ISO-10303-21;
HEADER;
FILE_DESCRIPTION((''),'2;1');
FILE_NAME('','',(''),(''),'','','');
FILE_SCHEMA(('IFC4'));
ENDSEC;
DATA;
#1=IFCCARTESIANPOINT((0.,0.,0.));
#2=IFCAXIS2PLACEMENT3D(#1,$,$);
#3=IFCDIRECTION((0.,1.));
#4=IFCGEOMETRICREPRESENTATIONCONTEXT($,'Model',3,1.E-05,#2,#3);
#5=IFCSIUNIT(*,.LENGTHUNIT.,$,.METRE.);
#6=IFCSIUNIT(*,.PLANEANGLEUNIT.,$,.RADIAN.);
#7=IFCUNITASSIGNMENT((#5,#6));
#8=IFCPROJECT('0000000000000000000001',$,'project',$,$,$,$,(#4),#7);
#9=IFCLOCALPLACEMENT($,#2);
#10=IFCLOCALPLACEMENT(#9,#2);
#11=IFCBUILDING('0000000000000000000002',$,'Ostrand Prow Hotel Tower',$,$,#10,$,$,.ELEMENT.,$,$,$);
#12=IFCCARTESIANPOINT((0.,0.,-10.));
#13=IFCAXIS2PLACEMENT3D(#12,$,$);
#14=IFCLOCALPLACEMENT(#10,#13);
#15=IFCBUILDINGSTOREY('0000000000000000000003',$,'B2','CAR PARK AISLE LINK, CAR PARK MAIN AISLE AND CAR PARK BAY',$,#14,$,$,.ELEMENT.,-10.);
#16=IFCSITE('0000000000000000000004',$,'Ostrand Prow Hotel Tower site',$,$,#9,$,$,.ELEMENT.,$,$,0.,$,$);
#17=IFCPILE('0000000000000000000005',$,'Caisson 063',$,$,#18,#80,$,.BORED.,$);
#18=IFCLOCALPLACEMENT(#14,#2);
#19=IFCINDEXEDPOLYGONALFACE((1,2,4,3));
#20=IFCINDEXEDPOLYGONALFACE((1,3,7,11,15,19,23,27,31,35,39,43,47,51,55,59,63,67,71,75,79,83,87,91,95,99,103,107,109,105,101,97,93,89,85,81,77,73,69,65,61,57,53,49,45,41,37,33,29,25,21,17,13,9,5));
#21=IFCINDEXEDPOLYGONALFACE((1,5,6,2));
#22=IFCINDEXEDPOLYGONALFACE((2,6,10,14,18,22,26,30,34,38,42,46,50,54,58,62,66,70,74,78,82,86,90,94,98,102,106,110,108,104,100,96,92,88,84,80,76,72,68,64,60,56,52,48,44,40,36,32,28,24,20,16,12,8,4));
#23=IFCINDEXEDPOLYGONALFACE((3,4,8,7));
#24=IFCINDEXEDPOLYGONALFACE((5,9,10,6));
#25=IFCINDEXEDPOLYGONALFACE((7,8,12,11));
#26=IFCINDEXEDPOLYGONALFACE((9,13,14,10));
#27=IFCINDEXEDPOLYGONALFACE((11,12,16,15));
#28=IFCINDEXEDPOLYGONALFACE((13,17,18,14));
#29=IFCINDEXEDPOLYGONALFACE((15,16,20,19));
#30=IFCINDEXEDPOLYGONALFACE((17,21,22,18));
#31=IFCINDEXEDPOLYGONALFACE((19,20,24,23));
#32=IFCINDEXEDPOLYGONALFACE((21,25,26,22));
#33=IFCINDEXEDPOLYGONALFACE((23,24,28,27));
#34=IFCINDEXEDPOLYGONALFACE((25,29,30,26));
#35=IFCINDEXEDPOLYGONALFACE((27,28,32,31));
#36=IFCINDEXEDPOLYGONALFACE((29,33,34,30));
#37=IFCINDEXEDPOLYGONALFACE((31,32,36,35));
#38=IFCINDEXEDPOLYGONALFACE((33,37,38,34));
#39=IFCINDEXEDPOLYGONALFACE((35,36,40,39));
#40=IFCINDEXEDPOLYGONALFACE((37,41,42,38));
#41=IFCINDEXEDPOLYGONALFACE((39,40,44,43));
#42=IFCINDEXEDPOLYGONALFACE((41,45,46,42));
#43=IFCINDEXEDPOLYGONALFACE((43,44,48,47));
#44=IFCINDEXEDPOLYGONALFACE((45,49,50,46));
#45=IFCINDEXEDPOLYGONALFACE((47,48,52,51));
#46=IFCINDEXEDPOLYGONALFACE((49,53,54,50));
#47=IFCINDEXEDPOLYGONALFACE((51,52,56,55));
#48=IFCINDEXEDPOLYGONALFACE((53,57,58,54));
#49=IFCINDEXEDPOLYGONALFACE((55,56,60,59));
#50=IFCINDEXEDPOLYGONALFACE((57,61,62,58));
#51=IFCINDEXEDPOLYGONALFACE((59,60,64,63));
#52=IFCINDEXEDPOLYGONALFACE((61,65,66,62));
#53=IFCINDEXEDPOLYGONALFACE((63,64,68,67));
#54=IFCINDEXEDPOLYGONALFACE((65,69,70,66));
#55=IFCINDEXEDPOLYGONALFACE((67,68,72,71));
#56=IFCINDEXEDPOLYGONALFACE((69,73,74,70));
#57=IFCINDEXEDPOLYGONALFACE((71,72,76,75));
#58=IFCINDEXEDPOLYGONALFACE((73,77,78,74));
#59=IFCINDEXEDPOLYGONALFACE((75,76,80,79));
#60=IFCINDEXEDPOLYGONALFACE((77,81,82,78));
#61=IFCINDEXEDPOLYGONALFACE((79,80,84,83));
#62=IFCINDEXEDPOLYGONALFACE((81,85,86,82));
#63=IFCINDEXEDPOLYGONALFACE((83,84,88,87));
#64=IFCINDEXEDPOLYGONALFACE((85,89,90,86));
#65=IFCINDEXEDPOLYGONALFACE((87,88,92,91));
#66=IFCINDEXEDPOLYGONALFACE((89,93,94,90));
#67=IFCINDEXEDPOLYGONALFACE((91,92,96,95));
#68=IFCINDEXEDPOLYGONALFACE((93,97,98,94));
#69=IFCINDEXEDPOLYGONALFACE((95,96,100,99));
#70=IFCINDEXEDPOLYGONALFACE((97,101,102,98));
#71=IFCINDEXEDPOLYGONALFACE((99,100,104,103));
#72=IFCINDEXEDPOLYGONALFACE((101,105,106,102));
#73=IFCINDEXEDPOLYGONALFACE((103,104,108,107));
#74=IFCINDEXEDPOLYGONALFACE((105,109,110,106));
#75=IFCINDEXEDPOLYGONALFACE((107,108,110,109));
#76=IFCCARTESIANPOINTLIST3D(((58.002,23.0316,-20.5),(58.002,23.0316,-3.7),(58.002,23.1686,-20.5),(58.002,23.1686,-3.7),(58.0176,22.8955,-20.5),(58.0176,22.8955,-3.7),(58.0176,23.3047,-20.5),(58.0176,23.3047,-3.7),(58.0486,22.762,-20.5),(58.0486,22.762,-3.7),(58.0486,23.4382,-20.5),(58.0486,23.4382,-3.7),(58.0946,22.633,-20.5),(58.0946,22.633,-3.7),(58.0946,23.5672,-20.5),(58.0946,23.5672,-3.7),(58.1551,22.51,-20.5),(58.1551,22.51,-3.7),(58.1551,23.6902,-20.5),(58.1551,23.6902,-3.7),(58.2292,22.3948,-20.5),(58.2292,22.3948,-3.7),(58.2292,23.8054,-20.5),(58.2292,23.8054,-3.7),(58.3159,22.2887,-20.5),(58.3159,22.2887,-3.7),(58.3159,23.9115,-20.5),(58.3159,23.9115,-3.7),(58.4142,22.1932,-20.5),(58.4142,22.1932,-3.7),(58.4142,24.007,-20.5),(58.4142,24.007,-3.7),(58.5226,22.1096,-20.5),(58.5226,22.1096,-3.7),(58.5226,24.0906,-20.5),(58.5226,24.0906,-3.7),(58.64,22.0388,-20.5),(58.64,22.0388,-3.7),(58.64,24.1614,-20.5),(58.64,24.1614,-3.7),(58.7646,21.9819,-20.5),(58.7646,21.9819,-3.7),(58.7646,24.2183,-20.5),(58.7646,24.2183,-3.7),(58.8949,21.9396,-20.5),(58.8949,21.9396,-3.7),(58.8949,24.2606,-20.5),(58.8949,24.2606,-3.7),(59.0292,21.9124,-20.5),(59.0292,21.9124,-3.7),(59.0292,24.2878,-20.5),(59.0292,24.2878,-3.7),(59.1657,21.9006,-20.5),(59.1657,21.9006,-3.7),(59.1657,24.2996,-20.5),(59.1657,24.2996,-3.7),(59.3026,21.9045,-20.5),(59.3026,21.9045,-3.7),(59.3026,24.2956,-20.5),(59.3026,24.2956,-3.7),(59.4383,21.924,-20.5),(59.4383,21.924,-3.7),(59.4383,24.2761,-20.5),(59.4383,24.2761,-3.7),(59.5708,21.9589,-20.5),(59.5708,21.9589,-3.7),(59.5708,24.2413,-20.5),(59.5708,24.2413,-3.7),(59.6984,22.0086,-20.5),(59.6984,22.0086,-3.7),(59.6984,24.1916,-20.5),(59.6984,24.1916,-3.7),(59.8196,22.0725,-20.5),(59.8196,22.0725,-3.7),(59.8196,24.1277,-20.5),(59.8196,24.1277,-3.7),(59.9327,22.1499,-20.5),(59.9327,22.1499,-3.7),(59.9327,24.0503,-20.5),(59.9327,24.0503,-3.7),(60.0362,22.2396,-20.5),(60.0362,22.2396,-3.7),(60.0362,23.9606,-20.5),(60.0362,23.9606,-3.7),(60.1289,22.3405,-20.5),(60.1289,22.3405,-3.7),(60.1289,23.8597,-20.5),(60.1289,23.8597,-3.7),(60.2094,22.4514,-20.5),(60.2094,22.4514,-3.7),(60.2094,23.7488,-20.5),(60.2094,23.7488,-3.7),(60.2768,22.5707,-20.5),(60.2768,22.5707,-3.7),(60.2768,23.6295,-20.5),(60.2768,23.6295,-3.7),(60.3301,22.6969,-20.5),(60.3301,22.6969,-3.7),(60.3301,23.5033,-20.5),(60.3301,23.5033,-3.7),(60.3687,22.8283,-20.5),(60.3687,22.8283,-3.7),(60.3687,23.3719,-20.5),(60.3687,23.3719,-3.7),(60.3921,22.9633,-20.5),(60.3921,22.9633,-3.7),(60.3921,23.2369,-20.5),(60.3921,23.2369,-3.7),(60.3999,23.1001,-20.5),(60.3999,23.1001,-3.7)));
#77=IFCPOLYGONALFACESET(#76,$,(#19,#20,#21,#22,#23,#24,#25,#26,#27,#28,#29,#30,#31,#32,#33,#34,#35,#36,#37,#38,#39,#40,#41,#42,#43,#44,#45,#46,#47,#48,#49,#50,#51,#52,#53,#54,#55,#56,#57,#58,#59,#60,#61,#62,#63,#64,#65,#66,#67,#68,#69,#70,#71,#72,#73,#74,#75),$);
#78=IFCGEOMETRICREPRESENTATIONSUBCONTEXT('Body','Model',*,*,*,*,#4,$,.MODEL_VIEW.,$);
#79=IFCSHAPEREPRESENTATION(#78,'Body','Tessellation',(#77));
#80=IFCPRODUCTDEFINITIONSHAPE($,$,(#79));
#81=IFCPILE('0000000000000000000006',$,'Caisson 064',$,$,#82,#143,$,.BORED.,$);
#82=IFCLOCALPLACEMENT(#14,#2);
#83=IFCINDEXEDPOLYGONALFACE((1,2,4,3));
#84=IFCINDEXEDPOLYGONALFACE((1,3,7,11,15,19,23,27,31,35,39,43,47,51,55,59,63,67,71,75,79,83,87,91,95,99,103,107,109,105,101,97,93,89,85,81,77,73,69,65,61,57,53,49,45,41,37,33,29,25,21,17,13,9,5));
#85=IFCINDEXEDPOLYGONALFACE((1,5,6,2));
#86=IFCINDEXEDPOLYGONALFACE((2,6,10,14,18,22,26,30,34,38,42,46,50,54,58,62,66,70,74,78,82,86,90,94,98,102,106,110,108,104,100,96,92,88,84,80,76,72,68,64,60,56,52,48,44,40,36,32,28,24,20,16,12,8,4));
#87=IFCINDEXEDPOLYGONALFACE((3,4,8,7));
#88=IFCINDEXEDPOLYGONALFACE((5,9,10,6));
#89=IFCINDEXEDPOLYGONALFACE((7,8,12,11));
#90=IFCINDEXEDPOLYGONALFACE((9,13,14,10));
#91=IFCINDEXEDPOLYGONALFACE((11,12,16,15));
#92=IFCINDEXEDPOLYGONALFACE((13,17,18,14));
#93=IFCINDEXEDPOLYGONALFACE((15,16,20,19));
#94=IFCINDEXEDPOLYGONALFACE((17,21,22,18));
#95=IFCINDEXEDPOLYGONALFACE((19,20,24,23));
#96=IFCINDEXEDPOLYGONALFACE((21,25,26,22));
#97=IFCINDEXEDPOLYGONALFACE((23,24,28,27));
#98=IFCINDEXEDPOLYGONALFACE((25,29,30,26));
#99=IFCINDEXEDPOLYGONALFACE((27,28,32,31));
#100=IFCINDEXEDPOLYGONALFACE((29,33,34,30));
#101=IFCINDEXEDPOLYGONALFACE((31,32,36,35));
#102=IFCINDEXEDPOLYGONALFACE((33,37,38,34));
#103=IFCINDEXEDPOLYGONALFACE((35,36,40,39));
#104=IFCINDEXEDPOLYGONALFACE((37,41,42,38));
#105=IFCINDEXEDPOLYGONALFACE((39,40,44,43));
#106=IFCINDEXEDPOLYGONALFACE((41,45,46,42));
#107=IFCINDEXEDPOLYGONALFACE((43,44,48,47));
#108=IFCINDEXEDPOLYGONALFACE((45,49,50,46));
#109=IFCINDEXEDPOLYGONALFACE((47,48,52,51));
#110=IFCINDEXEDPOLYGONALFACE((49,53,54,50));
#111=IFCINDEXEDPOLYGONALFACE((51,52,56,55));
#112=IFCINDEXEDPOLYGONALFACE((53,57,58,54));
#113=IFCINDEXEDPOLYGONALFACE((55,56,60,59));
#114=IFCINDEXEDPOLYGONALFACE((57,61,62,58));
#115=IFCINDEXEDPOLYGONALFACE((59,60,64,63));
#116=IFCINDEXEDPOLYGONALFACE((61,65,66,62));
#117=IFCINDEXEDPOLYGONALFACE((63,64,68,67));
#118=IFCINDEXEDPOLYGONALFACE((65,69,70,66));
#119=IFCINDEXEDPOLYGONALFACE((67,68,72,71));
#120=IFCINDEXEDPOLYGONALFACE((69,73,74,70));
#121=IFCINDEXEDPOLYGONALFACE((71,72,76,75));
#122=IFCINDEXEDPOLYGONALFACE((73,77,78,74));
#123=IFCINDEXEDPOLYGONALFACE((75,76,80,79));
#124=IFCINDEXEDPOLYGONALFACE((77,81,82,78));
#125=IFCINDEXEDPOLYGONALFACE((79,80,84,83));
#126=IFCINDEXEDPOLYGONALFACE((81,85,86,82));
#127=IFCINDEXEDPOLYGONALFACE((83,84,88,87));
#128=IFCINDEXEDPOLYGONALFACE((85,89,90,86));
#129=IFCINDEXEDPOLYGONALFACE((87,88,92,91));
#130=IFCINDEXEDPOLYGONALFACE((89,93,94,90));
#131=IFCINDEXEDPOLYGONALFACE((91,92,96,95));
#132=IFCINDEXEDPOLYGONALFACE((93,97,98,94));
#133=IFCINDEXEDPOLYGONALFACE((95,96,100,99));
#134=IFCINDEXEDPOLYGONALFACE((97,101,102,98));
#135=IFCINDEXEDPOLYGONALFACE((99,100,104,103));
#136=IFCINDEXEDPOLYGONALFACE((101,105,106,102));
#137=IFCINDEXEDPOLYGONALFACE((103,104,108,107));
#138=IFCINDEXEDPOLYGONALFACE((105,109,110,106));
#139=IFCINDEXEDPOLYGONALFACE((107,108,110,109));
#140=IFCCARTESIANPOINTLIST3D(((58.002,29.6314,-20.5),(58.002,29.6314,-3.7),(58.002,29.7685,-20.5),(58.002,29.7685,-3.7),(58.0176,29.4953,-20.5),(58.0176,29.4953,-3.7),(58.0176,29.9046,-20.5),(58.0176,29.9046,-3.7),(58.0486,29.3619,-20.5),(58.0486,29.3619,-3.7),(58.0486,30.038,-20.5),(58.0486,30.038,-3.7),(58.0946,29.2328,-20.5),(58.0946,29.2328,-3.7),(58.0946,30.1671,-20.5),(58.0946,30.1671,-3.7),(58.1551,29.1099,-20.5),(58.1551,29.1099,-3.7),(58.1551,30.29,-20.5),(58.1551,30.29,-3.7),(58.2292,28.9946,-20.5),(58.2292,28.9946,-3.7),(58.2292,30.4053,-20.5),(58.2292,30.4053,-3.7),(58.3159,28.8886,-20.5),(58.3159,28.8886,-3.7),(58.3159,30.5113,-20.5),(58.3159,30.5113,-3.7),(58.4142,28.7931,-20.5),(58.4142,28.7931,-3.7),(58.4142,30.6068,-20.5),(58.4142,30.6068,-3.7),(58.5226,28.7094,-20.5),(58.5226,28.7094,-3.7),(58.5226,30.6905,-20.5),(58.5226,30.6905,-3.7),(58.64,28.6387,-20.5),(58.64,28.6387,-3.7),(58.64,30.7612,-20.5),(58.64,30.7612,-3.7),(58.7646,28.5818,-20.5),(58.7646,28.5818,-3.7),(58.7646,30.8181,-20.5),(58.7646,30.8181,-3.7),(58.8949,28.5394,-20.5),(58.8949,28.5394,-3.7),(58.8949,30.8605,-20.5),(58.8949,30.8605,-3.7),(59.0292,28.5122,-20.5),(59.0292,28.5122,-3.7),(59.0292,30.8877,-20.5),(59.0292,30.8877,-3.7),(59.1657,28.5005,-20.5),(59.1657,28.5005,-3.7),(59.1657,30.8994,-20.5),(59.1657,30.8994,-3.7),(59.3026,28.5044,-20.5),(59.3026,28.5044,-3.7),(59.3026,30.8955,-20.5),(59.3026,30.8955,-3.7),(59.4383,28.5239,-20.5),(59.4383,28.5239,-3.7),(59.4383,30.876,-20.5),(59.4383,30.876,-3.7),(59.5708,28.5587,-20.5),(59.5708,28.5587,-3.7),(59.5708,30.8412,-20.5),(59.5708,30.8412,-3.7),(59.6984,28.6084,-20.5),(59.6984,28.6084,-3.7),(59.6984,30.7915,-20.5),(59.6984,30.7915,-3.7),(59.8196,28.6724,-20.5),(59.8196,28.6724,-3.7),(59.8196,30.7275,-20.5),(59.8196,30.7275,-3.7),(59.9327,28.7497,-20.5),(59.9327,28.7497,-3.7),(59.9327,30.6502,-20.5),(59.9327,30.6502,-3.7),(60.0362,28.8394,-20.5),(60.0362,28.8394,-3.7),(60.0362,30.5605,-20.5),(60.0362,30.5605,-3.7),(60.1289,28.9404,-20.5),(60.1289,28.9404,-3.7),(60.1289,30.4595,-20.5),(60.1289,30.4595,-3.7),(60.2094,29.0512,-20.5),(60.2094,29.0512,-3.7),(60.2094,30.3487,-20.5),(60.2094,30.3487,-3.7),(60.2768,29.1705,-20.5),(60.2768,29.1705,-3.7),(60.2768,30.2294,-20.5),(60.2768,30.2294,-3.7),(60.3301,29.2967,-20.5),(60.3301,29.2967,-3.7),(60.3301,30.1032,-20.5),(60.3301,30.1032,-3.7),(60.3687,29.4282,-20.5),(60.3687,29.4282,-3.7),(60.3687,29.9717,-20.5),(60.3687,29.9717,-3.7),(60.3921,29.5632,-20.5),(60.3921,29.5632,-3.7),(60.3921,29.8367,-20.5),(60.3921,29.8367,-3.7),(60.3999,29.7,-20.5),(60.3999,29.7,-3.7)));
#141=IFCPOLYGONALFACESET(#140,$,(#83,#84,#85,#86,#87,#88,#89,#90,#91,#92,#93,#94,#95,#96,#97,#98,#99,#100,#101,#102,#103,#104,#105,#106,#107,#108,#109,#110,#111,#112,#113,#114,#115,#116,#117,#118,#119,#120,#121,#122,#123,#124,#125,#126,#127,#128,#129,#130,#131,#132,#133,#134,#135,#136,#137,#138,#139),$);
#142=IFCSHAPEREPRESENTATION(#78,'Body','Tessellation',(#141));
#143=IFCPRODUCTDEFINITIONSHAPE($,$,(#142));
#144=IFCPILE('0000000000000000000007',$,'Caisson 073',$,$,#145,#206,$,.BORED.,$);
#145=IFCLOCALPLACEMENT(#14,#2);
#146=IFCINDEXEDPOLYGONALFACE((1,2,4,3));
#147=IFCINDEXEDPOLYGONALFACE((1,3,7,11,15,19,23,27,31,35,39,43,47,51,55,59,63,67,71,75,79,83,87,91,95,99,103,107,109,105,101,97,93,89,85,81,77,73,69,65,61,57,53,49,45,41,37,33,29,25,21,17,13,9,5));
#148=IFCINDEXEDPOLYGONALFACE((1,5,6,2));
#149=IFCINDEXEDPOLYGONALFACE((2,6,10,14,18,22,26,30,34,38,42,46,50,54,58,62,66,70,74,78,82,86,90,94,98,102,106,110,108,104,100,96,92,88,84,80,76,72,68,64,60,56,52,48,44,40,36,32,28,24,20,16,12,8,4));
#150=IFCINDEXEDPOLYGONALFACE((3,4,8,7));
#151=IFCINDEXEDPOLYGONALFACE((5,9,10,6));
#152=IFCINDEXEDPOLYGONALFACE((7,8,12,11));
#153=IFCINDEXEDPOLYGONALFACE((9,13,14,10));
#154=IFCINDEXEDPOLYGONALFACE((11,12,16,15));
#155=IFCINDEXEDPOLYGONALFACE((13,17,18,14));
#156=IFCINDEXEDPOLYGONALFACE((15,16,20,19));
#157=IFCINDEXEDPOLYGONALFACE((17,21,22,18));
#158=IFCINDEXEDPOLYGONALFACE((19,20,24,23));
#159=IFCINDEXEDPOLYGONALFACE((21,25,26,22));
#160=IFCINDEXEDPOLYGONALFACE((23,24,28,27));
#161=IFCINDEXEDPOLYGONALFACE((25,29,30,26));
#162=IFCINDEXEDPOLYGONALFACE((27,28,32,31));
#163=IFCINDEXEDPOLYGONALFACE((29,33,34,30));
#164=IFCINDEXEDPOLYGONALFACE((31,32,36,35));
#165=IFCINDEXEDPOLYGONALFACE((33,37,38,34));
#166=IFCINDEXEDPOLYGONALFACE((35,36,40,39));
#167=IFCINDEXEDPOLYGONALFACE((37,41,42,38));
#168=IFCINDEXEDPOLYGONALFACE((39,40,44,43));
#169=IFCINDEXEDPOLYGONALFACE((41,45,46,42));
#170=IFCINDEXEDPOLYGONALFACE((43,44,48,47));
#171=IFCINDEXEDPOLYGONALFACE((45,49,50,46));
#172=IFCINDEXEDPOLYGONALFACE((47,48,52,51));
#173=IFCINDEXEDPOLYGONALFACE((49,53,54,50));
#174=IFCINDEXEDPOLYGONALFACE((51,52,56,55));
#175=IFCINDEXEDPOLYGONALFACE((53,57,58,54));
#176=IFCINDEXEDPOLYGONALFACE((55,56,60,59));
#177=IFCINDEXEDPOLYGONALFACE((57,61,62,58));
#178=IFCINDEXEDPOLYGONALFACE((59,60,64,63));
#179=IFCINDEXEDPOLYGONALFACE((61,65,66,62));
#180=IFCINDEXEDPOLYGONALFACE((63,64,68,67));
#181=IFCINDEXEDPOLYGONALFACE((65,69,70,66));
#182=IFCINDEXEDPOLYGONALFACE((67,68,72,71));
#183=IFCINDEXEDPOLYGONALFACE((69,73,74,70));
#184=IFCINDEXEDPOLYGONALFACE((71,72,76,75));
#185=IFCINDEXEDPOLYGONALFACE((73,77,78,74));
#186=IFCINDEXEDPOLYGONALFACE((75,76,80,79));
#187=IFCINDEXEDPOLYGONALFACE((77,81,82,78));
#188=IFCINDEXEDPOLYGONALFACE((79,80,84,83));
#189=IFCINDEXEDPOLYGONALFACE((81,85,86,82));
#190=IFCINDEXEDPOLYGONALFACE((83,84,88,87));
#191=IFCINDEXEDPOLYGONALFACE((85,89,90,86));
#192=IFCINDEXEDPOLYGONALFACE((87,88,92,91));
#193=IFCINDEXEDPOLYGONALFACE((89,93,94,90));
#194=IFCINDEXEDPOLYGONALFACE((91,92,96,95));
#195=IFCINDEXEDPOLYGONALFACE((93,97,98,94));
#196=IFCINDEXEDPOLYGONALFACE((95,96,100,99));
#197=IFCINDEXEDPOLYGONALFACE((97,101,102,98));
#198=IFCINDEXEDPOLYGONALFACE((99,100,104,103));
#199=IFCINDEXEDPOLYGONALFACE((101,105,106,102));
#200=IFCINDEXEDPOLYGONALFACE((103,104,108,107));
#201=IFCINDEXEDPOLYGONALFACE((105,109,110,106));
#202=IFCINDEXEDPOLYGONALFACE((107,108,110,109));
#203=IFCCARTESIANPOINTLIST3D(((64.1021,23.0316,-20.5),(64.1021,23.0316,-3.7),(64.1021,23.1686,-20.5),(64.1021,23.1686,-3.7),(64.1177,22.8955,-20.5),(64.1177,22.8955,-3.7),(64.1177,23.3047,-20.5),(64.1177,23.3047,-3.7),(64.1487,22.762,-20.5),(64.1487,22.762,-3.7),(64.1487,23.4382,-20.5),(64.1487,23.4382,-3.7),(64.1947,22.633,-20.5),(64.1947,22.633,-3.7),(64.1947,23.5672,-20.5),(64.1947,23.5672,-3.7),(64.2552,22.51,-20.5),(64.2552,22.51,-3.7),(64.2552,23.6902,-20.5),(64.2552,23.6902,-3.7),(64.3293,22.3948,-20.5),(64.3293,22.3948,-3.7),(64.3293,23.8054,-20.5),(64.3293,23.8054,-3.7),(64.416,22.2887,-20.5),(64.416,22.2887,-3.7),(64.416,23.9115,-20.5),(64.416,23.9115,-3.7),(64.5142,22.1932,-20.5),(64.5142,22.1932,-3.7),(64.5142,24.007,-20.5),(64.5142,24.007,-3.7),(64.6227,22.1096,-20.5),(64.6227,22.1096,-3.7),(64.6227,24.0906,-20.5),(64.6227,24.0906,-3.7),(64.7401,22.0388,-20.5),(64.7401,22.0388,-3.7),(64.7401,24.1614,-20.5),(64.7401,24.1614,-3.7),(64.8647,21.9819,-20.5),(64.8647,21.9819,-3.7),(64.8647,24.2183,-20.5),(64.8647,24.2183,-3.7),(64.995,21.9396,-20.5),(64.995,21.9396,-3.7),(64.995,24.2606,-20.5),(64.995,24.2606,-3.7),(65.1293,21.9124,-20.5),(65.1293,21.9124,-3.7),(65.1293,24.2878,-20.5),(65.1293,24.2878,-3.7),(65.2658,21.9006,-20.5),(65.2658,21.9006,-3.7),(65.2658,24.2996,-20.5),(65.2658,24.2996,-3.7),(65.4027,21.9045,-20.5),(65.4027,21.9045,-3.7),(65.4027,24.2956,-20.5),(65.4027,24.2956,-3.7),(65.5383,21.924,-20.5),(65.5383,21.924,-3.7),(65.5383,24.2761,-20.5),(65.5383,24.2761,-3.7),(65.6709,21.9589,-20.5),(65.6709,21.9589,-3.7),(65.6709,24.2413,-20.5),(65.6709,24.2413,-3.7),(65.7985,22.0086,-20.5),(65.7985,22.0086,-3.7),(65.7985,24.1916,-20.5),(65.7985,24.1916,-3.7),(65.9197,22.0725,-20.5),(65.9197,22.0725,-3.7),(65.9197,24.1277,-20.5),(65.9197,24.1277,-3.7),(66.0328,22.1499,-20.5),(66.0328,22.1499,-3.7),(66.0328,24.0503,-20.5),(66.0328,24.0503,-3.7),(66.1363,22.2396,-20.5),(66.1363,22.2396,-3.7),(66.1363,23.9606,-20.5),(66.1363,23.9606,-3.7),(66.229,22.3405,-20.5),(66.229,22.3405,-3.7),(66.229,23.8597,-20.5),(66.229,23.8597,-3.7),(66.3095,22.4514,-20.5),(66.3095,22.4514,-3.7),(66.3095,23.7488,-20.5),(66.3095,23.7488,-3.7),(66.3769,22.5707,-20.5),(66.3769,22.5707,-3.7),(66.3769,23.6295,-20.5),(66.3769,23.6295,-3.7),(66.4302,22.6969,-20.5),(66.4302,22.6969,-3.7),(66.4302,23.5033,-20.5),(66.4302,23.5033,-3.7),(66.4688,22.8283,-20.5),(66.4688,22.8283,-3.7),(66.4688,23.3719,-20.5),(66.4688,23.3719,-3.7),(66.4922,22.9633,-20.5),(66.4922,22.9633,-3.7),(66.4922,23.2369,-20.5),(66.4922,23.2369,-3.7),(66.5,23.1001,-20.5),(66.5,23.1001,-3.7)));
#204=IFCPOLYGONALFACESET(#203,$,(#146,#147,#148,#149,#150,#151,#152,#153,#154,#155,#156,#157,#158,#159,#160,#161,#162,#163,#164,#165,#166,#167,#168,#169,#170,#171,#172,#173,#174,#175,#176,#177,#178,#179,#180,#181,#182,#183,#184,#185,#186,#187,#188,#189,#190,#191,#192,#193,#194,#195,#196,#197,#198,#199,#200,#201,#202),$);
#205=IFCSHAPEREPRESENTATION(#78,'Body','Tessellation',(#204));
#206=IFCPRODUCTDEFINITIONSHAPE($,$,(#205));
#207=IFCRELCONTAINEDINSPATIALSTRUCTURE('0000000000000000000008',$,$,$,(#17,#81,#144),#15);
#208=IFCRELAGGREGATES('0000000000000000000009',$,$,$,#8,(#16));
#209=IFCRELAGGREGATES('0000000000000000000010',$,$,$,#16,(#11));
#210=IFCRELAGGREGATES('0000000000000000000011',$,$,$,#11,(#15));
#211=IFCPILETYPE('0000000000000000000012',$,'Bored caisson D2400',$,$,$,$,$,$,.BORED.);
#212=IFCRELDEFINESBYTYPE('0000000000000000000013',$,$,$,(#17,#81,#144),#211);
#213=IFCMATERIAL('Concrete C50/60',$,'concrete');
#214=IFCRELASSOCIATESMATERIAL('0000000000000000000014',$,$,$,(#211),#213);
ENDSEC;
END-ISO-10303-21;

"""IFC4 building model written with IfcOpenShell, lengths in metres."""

from ifc_helpers import new_model, si_unit, direction, frame, origin, origin_2d, place, context, subcontext, project, spatial, circle, extrude, material, type_object, element, save


model = new_model("IFC4")

# Units and contexts
model_context = context("Model", 3, precision=1e-05, world=origin(), true_north=direction((0.0, 1.0)))
body_context = subcontext(model_context, "Body", "Model", "MODEL_VIEW")
ifc_project = project(units=[si_unit("LENGTHUNIT", "METRE"), si_unit("PLANEANGLEUNIT", "RADIAN")], contexts=[model_context])

# Site, building, storey
site_placement = place(None, origin())
site = spatial("IfcSite", under=ifc_project, at=site_placement, Name="Ostrand Prow Hotel Tower site", CompositionType="ELEMENT", RefElevation=0.0)
building_placement = place(site_placement, origin())
building = spatial("IfcBuilding", under=site, at=building_placement, Name="Ostrand Prow Hotel Tower", CompositionType="ELEMENT")
storey_placement = place(building_placement, frame((0.0, 0.0, -10.0)))
storey = spatial("IfcBuildingStorey", under=building, at=storey_placement, Name="B2", Description="CAR PARK AISLE LINK, CAR PARK MAIN AISLE AND CAR PARK BAY", CompositionType="ELEMENT", Elevation=-10.0)

# Piles
ifc_material_1 = material(Name="Concrete C50/60", Category="concrete")
pile_type_1 = type_object("IfcPileType", Name="Bored caisson D2400", PredefinedType="BORED", material=ifc_material_1)
for number, where, z_axis, x_axis, name in (
    (1, (59.2, 23.1001, -3.7), (0.0, 0.0, -1.0), (1.0, 0.0, 0.0), "Caisson 063"),
    (2, (59.2, 29.7, -3.7), (0.0, 0.0, -1.0), (1.0, 0.0, 0.0), "Caisson 064"),
    (3, (65.3, 23.1001, -3.7), (0.0, 0.0, -1.0), (1.0, 0.0, 0.0), "Caisson 073"),
):
    element("IfcPile", number, at=place(storey_placement, frame(where, z_axis=z_axis, x_axis=x_axis)), inside=storey, type_object=pile_type_1, Name=name, PredefinedType="BORED", context=body_context, shape_type="SweptSolid", body=[
        extrude(circle(Radius=1.2, at=origin_2d()), origin(), (0.0, 0.0, 1.0), 16.8),
    ])

save(model, "model.ifc")
